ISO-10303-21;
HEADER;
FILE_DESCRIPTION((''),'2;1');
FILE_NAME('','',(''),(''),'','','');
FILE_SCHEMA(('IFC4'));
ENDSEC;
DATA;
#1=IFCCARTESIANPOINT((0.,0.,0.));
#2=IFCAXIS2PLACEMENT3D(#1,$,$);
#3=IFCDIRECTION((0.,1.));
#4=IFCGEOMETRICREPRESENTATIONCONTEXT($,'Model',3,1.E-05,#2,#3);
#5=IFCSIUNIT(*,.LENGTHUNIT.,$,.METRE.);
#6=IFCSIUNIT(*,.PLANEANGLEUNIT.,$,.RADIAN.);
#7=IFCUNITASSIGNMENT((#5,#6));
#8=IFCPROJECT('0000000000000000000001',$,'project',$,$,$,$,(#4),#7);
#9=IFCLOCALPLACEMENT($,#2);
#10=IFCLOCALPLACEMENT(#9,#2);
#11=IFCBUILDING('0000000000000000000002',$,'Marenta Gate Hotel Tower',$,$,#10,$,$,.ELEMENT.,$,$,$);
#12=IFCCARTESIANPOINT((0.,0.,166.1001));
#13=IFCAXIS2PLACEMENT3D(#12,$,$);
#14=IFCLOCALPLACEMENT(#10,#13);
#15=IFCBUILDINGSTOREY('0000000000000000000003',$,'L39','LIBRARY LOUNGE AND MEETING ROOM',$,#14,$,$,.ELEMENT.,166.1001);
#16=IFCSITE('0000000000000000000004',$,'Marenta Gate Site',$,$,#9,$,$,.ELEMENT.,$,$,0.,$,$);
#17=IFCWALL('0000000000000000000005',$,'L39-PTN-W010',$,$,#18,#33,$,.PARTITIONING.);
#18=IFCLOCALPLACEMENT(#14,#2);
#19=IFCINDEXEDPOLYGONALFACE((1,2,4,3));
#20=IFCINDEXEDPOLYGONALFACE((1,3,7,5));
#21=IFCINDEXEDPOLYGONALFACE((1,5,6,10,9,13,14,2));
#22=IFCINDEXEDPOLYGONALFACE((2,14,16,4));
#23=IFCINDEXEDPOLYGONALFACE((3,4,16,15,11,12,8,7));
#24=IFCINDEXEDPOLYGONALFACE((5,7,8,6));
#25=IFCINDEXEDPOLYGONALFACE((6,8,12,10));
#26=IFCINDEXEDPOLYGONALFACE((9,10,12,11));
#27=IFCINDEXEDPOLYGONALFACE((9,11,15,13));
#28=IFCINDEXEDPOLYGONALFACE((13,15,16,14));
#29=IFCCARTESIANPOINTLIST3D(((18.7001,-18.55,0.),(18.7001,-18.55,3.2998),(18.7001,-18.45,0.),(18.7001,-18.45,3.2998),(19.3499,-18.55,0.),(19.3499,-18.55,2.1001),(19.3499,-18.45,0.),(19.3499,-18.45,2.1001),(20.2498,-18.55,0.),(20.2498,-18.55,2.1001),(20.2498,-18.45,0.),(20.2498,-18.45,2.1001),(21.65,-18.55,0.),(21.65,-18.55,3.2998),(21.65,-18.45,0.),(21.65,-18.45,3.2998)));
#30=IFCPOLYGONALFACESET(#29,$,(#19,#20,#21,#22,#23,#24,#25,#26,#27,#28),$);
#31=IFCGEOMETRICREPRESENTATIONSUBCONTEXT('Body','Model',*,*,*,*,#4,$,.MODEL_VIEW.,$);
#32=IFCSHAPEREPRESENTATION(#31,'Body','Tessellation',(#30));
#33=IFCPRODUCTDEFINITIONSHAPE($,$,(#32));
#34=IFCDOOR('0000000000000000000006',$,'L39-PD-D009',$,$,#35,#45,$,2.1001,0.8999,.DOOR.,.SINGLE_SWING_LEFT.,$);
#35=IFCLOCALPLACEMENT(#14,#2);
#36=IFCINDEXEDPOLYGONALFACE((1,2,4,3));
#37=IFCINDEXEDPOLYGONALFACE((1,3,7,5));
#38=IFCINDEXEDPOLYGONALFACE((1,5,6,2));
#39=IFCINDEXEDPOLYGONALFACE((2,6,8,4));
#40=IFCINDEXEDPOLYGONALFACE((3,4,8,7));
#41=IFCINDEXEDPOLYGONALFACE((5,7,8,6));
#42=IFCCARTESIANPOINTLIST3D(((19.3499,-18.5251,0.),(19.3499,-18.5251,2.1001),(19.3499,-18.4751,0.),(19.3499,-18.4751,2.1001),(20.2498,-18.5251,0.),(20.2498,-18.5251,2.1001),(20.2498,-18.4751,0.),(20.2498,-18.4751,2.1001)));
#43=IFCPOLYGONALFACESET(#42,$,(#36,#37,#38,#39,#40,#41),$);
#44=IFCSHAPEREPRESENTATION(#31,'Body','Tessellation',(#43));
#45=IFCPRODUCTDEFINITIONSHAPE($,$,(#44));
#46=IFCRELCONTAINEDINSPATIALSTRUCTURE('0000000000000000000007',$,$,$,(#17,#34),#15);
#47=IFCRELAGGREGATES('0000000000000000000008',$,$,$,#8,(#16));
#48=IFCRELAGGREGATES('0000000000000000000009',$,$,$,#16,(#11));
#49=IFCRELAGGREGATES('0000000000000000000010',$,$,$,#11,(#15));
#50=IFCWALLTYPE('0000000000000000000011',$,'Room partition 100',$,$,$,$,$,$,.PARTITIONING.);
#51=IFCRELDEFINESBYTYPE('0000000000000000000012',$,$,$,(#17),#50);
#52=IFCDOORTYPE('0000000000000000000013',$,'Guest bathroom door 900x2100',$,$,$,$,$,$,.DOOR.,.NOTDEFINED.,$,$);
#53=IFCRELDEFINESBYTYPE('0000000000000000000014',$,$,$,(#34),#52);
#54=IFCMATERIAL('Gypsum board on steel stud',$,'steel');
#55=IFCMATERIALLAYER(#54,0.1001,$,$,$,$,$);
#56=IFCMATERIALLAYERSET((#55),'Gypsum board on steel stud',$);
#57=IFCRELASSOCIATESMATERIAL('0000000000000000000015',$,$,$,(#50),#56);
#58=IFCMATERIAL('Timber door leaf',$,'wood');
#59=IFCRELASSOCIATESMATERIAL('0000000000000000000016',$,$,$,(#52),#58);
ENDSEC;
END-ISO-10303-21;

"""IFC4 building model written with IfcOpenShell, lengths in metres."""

from ifc_helpers import new_model, si_unit, direction, frame, frame_2d, origin, place, context, subcontext, project, spatial, rectangle, extrude, material, layer, layer_set, type_object, element, fill, save


model = new_model("IFC4")

# Units and contexts
model_context = context("Model", 3, precision=1e-05, world=origin(), true_north=direction((0.0, 1.0)))
body_context = subcontext(model_context, "Body", "Model", "MODEL_VIEW")
ifc_project = project(units=[si_unit("LENGTHUNIT", "METRE"), si_unit("PLANEANGLEUNIT", "RADIAN")], contexts=[model_context])

# Site, building, storey
site_placement = place(None, origin())
site = spatial("IfcSite", under=ifc_project, at=site_placement, Name="Marenta Gate Site", CompositionType="ELEMENT", RefElevation=0.0)
building_placement = place(site_placement, origin())
building = spatial("IfcBuilding", under=site, at=building_placement, Name="Marenta Gate Hotel Tower", CompositionType="ELEMENT")
storey_placement = place(building_placement, frame((0.0, 0.0, 166.1001)))
storey = spatial("IfcBuildingStorey", under=building, at=storey_placement, Name="L39", Description="LIBRARY LOUNGE AND MEETING ROOM", CompositionType="ELEMENT", Elevation=166.1001)

# Shared definitions
ifc_material_1 = material(Name="Gypsum board on steel stud", Category="steel")
ifc_layer_1 = layer(ifc_material_1, 0.1001)
ifc_layer_set_1 = layer_set([ifc_layer_1], Name="Gypsum board on steel stud")
wall_type_1 = type_object("IfcWallType", Name="Room partition 100", PredefinedType="PARTITIONING", material=ifc_layer_set_1)

# Wall, opening, door
wall_1_placement = place(storey_placement, frame((18.7, -18.5, 0.0), z_axis=(0.0, 0.0, 1.0), x_axis=(1.0, 0.0, 0.0)))
wall_1 = element("IfcWall", 1, at=wall_1_placement, inside=storey, type_object=wall_type_1, Name="L39-PTN-W010", PredefinedType="PARTITIONING", context=body_context, shape_type="SweptSolid", body=[
    extrude(rectangle(XDim=2.95, YDim=0.1001, at=frame_2d((1.4751, 0.0))), origin(), (0.0, 0.0, 1.0), 3.2998),
])
opening_1_placement = place(wall_1_placement, frame((0.6499, 0.0, 0.0)))
opening_1 = element("IfcOpeningElement", 2, at=opening_1_placement, cuts=wall_1, PredefinedType="OPENING", context=body_context, shape_type="SweptSolid", body=[
    extrude(rectangle(XDim=0.8999, YDim=2.1001, at=frame_2d((0.45, 1.05))), frame((0.0, 0.05, 0.0), z_axis=(0.0, -1.0, 0.0), x_axis=(1.0, 0.0, 0.0)), (0.0, 0.0, 1.0), 0.1001),
])
ifc_material_2 = material(Name="Timber door leaf", Category="wood")
door_type_1 = type_object("IfcDoorType", Name="Guest bathroom door 900x2100", OperationType="NOTDEFINED", PredefinedType="DOOR", material=ifc_material_2)
door_1_placement = place(opening_1_placement, origin())
door_1 = element("IfcDoor", 3, at=door_1_placement, inside=storey, type_object=door_type_1, Name="L39-PD-D009", OperationType="SINGLE_SWING_LEFT", OverallHeight=2.1001, OverallWidth=0.8999, PredefinedType="DOOR", context=body_context, shape_type="SweptSolid", body=[
    extrude(rectangle(XDim=0.8999, YDim=2.1001, at=frame_2d((0.45, 1.05))), frame((0.0, 0.0249, 0.0), z_axis=(0.0, -1.0, 0.0), x_axis=(1.0, 0.0, 0.0)), (0.0, 0.0, 1.0), 0.05),
])
fill(opening_1, door_1)

save(model, "model.ifc")
